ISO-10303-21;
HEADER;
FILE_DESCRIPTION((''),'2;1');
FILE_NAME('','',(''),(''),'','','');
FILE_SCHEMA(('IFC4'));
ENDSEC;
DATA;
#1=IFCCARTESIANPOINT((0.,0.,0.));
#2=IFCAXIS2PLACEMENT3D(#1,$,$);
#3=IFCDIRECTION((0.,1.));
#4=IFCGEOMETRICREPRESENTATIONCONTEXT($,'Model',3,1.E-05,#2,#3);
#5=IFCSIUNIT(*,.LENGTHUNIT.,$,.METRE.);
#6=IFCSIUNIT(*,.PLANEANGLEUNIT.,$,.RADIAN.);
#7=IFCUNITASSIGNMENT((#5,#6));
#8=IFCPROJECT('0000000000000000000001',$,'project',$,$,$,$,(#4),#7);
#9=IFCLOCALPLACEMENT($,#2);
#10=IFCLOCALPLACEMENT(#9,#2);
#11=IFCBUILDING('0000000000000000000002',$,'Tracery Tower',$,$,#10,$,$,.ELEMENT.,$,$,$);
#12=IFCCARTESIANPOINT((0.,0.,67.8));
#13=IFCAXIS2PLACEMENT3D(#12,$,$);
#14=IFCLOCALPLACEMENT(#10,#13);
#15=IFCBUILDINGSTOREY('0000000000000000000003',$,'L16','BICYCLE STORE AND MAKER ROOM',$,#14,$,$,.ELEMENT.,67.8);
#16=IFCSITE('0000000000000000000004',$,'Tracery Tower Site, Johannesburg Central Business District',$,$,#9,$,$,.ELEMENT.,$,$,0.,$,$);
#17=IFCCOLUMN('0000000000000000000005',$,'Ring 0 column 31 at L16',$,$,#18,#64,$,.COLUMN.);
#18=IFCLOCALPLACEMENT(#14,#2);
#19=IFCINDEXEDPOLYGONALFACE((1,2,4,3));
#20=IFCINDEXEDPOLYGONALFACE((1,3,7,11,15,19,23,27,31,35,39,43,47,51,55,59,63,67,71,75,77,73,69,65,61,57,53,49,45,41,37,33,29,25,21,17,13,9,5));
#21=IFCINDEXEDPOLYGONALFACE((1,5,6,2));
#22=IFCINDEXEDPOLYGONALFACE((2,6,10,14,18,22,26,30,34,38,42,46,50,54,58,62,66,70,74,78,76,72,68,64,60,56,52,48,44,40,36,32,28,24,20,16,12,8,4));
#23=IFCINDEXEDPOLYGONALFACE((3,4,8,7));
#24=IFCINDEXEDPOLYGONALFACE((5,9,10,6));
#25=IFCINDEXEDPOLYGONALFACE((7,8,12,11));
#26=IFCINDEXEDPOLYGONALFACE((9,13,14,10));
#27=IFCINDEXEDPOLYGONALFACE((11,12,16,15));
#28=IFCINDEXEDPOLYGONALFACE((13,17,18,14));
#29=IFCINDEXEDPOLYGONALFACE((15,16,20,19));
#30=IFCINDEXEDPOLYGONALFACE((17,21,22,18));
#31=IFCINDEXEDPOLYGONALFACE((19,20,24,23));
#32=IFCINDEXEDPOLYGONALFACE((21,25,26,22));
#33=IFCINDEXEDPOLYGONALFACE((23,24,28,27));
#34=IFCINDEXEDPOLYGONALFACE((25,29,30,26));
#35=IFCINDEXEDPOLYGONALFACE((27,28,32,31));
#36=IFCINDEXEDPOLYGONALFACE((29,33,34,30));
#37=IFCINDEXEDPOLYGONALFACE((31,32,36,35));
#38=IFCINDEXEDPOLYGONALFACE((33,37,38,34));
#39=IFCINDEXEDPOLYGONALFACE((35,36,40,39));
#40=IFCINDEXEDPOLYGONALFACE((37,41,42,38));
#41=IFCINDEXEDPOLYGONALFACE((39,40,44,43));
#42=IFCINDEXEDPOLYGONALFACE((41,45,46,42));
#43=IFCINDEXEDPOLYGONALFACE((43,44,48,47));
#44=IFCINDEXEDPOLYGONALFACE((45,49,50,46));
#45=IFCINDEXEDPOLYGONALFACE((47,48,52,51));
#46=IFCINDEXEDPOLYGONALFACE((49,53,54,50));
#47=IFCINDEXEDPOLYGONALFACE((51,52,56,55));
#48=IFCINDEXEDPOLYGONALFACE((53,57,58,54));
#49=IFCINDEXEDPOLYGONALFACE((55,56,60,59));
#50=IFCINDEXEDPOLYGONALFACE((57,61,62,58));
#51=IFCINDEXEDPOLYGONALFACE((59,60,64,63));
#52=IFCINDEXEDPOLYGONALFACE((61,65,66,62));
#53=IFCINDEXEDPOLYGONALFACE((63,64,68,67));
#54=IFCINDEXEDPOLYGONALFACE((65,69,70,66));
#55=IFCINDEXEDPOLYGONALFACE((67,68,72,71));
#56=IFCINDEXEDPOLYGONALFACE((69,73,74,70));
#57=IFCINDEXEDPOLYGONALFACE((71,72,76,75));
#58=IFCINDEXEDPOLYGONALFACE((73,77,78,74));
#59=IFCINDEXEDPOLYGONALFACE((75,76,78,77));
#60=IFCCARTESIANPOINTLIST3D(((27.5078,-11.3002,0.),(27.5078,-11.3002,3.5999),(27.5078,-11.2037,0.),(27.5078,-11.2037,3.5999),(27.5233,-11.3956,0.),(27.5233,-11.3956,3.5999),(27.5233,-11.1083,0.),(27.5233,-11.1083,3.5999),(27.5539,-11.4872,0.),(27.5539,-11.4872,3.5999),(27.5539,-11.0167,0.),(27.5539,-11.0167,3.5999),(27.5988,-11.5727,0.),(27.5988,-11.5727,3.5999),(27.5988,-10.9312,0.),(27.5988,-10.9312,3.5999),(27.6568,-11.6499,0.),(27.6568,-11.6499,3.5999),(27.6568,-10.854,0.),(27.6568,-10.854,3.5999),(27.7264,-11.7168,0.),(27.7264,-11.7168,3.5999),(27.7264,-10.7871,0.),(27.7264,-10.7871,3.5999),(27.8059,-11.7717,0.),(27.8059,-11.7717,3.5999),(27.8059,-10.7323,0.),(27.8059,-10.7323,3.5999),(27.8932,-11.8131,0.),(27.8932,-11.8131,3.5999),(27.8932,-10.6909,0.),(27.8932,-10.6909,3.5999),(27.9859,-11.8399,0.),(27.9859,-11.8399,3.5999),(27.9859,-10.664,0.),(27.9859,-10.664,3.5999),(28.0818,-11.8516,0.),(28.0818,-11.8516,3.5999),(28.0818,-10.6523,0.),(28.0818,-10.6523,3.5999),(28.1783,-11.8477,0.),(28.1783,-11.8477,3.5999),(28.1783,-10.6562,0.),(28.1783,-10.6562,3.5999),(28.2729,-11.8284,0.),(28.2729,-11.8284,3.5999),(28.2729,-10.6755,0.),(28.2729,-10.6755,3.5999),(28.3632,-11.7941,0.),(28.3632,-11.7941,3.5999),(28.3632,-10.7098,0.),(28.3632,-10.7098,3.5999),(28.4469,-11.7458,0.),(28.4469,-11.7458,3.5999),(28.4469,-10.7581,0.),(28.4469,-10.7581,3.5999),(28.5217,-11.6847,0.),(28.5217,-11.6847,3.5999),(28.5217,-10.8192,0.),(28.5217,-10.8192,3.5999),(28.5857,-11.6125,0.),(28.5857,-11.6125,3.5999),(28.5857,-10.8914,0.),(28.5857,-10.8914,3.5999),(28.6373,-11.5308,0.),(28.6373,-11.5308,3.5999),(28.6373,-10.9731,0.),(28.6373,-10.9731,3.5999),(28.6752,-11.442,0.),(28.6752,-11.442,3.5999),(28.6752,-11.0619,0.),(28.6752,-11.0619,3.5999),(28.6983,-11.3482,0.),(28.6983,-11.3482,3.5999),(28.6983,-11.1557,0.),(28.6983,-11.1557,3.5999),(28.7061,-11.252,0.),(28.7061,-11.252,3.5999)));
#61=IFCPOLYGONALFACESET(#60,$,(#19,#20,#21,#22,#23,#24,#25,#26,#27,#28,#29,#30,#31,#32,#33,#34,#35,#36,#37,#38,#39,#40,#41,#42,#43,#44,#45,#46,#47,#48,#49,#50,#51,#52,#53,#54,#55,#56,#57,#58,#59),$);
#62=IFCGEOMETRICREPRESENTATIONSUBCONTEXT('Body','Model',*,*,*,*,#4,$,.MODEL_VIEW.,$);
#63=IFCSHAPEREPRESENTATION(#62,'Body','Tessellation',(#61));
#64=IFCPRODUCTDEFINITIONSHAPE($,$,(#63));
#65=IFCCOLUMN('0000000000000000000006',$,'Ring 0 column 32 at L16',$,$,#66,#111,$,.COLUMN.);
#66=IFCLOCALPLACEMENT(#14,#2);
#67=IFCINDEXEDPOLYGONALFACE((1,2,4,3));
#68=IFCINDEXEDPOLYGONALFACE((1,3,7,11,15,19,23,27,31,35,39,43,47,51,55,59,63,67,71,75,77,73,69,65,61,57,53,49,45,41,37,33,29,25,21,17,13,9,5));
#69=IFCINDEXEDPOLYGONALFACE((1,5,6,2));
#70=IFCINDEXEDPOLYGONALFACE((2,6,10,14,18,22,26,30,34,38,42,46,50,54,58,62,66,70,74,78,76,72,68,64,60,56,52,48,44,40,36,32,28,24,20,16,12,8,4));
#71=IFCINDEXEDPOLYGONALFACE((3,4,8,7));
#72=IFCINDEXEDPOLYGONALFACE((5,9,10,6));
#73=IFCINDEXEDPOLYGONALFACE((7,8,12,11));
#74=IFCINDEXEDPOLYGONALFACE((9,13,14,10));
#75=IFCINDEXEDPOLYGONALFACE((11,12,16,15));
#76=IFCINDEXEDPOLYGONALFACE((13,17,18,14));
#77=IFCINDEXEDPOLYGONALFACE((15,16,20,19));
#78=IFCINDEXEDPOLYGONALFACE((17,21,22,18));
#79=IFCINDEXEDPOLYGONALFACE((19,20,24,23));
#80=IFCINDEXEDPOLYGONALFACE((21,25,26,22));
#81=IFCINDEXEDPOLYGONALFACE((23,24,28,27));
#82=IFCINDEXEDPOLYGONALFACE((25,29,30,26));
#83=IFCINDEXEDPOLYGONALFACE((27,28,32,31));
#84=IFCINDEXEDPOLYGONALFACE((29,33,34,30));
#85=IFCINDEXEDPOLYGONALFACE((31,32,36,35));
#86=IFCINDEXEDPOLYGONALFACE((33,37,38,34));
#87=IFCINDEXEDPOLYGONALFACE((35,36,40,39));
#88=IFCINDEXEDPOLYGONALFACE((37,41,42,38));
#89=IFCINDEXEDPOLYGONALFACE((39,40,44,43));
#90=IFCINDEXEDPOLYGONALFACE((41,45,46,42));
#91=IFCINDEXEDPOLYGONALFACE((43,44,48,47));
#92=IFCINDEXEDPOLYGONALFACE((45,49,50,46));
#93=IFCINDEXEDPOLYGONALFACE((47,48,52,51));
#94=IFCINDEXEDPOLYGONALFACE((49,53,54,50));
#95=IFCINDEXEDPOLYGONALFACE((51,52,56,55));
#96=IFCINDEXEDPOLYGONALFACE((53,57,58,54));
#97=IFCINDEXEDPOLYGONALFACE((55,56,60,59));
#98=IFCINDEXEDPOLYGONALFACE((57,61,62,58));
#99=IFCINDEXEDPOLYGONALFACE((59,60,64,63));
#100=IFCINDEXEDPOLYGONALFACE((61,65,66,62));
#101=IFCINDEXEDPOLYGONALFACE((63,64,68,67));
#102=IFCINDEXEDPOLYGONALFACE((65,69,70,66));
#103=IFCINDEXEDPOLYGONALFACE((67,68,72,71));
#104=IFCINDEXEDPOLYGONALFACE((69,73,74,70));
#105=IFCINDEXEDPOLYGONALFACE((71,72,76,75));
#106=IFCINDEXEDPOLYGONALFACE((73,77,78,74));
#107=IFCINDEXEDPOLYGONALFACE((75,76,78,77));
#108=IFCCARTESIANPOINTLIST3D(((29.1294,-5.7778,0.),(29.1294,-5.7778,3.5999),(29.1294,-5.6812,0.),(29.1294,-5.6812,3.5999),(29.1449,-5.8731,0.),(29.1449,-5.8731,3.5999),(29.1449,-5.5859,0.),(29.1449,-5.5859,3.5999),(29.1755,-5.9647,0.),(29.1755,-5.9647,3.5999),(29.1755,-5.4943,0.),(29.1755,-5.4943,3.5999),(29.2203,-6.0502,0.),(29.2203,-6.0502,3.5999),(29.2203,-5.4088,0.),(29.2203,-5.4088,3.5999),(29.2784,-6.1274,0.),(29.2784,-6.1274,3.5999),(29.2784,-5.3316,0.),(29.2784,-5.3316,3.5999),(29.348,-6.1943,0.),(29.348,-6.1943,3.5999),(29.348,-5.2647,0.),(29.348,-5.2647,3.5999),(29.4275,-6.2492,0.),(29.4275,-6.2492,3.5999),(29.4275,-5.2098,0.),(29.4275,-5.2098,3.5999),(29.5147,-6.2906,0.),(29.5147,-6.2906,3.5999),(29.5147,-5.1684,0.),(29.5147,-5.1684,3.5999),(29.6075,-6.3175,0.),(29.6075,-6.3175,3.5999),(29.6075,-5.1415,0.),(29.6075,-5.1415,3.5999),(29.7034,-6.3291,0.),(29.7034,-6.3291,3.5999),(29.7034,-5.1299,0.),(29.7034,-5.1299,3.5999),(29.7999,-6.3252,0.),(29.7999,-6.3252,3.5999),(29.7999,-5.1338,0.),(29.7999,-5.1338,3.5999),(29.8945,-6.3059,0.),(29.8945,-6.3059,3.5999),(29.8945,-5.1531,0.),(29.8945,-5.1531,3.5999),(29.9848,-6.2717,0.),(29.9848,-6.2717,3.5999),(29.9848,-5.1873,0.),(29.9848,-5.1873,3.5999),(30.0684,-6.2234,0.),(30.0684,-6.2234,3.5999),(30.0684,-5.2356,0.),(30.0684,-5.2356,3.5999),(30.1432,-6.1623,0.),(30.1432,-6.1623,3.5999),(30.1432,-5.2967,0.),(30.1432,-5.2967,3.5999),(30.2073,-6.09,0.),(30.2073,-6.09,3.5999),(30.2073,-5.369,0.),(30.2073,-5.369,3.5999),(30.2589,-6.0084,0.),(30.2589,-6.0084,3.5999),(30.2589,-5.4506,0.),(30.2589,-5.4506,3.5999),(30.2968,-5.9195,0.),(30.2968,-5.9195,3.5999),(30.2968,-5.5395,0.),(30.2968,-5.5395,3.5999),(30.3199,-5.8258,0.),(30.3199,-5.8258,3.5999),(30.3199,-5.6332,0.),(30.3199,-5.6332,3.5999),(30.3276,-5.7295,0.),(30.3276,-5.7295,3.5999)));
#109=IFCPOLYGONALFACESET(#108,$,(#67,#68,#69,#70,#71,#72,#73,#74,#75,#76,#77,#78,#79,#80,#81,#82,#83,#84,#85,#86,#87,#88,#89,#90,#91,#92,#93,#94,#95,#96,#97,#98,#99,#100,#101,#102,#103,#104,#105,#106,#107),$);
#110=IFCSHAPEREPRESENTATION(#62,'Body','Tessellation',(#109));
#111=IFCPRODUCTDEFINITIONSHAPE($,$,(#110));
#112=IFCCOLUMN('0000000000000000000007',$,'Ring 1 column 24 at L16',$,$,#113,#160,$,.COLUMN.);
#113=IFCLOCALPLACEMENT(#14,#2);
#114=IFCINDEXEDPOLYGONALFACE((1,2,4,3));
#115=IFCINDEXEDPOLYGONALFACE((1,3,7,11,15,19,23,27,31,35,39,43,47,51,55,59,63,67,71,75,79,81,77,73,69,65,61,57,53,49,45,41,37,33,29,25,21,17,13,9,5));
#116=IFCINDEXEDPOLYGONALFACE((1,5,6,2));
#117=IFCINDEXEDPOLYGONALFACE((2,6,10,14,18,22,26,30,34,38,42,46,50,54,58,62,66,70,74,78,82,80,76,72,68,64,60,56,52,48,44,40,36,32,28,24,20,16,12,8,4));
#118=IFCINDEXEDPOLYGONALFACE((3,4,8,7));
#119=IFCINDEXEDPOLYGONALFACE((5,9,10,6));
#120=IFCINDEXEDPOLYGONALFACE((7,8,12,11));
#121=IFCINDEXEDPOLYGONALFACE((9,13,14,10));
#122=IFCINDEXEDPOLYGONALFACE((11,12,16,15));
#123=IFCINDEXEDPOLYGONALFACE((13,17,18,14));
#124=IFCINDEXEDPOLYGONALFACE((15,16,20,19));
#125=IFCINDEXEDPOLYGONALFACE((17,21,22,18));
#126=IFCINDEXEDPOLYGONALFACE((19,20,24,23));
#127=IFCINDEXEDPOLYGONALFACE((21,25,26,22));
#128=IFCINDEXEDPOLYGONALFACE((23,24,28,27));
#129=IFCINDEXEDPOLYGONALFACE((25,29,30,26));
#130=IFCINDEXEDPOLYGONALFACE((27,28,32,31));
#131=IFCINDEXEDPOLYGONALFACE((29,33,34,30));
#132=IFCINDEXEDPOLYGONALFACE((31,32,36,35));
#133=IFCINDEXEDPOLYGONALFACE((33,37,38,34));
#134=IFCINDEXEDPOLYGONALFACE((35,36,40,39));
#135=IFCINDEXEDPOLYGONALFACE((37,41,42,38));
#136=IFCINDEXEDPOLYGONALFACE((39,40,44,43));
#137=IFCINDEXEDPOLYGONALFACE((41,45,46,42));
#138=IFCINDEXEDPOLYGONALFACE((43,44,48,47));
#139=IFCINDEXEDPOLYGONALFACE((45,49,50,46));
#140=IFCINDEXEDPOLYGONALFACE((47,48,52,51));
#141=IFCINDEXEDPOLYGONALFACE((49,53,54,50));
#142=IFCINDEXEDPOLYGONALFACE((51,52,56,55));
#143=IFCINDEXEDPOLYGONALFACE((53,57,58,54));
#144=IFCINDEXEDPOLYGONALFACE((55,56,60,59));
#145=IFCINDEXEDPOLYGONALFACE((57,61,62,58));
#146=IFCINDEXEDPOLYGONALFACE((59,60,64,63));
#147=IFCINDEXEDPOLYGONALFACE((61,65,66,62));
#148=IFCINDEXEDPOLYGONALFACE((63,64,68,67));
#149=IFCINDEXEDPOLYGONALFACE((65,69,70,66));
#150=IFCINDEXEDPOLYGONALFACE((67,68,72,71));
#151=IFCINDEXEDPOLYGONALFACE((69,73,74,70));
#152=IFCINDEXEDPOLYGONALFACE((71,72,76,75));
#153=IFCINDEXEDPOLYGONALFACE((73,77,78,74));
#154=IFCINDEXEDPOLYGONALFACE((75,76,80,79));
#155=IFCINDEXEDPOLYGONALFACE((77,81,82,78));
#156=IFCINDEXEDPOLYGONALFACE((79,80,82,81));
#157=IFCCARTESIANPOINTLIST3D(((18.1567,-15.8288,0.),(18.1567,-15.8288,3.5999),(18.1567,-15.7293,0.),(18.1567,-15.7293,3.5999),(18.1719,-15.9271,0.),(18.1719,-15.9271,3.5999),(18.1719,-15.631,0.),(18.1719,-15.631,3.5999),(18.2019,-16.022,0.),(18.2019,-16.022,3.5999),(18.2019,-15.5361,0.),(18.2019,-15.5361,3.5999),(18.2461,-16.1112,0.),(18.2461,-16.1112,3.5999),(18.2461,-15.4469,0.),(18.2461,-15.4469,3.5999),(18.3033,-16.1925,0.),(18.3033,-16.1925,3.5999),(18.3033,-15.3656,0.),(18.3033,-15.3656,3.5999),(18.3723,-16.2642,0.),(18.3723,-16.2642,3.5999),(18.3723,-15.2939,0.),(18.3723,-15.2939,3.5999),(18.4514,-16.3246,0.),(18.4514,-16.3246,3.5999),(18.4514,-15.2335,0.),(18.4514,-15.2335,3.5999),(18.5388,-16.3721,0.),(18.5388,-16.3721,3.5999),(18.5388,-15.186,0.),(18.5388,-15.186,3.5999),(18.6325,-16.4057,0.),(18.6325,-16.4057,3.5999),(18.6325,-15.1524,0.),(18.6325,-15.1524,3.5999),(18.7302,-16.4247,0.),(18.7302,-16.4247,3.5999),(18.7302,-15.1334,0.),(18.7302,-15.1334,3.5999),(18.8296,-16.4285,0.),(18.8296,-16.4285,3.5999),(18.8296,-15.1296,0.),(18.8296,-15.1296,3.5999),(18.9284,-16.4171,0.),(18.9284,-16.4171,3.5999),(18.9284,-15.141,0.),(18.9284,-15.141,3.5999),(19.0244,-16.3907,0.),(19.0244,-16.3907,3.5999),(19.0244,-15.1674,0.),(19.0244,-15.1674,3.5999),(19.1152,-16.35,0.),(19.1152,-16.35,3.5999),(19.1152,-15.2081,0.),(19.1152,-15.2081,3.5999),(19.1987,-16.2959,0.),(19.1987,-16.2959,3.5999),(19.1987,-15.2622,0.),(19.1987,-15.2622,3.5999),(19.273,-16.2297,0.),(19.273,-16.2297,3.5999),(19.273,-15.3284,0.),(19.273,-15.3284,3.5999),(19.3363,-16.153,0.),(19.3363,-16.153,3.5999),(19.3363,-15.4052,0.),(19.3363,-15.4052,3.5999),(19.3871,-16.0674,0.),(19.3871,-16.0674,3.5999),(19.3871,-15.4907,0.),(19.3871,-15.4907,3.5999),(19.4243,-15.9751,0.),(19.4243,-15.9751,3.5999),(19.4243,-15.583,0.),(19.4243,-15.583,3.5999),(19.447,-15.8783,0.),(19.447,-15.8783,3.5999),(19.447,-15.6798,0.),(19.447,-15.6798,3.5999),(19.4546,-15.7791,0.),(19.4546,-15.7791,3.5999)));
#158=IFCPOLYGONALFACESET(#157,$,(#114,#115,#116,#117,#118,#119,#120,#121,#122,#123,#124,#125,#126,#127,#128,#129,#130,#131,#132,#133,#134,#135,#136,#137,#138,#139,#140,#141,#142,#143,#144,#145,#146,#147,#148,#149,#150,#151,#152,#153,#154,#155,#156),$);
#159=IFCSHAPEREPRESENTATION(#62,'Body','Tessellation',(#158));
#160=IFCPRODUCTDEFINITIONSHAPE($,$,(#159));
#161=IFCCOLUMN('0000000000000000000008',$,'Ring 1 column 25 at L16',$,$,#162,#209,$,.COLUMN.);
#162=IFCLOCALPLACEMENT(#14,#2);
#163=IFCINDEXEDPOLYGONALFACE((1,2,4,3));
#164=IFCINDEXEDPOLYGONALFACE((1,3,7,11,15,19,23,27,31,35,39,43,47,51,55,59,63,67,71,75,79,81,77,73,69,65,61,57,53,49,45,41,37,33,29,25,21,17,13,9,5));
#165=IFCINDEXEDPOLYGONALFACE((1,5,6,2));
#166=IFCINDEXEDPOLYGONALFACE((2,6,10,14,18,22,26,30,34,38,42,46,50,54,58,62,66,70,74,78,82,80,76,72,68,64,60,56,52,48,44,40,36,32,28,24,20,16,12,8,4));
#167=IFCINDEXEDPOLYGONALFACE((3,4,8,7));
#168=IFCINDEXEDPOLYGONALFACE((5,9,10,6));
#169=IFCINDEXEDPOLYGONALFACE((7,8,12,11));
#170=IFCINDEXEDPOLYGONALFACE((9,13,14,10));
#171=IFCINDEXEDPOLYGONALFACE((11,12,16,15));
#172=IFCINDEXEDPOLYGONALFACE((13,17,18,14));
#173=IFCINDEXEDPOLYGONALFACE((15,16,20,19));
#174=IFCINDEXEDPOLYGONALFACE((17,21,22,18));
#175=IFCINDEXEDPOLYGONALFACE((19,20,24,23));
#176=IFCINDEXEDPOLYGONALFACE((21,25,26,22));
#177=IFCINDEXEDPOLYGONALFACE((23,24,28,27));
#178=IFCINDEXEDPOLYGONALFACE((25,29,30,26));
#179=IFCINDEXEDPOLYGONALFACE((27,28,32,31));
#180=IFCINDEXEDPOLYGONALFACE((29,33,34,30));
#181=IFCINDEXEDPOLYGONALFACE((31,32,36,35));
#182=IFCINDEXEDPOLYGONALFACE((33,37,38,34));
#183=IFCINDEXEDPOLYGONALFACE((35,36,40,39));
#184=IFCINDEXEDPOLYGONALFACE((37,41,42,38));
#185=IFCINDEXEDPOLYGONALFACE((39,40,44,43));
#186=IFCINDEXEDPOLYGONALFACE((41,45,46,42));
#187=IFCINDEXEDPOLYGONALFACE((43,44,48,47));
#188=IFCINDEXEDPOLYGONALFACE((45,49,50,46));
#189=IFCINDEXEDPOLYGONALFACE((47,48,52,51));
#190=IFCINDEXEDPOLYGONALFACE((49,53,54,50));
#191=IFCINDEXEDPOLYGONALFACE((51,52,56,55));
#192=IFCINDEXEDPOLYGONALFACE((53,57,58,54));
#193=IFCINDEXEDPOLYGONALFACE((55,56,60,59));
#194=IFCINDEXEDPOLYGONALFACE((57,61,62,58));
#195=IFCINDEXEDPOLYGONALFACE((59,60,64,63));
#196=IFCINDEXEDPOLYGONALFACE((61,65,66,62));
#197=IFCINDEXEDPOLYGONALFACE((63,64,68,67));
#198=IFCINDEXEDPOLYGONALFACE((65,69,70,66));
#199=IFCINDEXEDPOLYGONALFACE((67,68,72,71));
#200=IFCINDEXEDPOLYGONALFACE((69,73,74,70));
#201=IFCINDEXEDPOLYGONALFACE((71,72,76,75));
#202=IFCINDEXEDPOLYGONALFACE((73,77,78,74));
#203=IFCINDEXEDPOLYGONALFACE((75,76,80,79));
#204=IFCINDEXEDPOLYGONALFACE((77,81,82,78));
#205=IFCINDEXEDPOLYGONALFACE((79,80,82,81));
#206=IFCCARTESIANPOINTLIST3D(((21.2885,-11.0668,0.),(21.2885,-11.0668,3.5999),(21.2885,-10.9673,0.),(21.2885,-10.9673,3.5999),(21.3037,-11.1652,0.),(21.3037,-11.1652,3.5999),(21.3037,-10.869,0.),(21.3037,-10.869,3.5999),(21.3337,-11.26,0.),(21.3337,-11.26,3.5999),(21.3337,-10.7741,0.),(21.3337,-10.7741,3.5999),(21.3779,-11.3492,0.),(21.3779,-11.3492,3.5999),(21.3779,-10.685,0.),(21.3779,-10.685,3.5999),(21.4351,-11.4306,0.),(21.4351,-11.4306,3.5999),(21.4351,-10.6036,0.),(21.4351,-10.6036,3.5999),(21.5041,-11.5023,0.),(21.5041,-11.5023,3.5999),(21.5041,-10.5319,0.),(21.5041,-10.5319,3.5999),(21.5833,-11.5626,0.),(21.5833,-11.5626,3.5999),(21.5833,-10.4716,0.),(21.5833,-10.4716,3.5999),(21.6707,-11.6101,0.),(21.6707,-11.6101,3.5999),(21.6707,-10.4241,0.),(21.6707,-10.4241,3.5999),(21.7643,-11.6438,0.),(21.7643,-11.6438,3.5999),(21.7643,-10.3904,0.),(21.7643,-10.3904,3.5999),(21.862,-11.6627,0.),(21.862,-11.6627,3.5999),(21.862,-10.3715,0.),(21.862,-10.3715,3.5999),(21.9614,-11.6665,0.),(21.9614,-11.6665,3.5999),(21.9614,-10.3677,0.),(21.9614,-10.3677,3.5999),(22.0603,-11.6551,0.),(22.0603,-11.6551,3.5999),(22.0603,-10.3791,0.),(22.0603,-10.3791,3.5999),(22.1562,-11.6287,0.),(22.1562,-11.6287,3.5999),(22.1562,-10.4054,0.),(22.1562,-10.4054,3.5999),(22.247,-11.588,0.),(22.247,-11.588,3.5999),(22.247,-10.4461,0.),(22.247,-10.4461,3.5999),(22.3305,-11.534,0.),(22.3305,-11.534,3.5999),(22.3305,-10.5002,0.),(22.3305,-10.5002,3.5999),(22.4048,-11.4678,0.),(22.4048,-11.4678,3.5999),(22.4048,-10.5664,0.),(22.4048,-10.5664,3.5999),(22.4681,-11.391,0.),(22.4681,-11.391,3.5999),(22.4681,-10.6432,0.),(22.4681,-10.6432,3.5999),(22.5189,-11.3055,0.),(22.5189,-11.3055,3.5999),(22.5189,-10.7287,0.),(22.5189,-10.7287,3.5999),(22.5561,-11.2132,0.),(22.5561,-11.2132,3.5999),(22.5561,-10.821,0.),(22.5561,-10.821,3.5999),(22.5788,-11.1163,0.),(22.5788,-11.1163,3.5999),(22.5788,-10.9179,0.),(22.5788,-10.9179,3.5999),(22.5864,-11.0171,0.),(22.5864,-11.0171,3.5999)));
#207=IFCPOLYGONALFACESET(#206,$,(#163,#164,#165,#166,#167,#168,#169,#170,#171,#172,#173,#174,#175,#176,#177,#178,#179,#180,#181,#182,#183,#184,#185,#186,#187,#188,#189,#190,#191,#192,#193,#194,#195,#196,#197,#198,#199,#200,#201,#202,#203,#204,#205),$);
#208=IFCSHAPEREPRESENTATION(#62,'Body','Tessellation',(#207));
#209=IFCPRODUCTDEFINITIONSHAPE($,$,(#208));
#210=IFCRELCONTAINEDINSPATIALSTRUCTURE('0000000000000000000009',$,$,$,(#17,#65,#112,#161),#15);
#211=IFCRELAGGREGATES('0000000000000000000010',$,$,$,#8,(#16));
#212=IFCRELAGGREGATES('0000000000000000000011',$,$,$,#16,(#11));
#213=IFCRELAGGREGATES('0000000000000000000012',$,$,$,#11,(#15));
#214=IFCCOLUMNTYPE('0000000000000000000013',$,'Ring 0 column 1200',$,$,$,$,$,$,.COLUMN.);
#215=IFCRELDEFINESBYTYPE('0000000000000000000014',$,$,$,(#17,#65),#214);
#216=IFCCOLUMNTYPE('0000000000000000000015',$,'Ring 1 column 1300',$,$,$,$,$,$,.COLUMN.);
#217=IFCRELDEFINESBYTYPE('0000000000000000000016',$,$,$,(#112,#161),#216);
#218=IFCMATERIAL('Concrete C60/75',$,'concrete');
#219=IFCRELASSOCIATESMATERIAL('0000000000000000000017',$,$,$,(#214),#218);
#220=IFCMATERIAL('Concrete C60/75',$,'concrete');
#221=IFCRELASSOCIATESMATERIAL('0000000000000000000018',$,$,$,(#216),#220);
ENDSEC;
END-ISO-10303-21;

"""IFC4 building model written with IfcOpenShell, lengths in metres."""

from ifc_helpers import new_model, si_unit, direction, frame, origin, origin_2d, place, context, subcontext, project, spatial, circle, extrude, material, material_profile, profile_set, type_object, element, save


model = new_model("IFC4")

# Units and contexts
model_context = context("Model", 3, precision=1e-05, world=origin(), true_north=direction((0.0, 1.0)))
body_context = subcontext(model_context, "Body", "Model", "MODEL_VIEW")
ifc_project = project(units=[si_unit("LENGTHUNIT", "METRE"), si_unit("PLANEANGLEUNIT", "RADIAN")], contexts=[model_context])

# Site, building, storey
site_placement = place(None, origin())
site = spatial("IfcSite", under=ifc_project, at=site_placement, Name="Tracery Tower Site, Johannesburg Central Business District", CompositionType="ELEMENT", RefElevation=0.0)
building_placement = place(site_placement, origin())
building = spatial("IfcBuilding", under=site, at=building_placement, Name="Tracery Tower", CompositionType="ELEMENT")
storey_placement = place(building_placement, frame((0.0, 0.0, 67.8)))
storey = spatial("IfcBuildingStorey", under=building, at=storey_placement, Name="L16", Description="BICYCLE STORE AND MAKER ROOM", CompositionType="ELEMENT", Elevation=67.8)

# Columns
ifc_material_1 = material(Name="Concrete C60/75", Category="concrete")
ifc_material_profile_1 = material_profile(ifc_material_1, circle(Radius=0.6001, at=origin_2d()), Name="RC D1200")
ifc_profile_set_1 = profile_set([ifc_material_profile_1], Name="Concrete C60/75")
column_type_1 = type_object("IfcColumnType", Name="Ring 0 column 1200", PredefinedType="COLUMN", material=ifc_profile_set_1)
for number, where, z_axis, x_axis, name in (
    (1, (28.106, -11.252, 0.0), (0.0, 0.0, 1.0), (1.0, 0.0, 0.0), "Ring 0 column 31 at L16"),
    (2, (29.7275, -5.7295, 0.0), (0.0, 0.0, 1.0), (1.0, 0.0, 0.0), "Ring 0 column 32 at L16"),
):
    element("IfcColumn", number, at=place(storey_placement, frame(where, z_axis=z_axis, x_axis=x_axis)), inside=storey, type_object=column_type_1, Name=name, PredefinedType="COLUMN", context=body_context, shape_type="SweptSolid", body=[
        extrude(circle(Radius=0.6001, at=origin_2d()), origin(), (0.0, 0.0, 1.0), 3.5999),
    ])
ifc_material_2 = material(Name="Concrete C60/75", Category="concrete")
ifc_material_profile_2 = material_profile(ifc_material_2, circle(Radius=0.6499, at=origin_2d()), Name="RC D1300")
ifc_profile_set_2 = profile_set([ifc_material_profile_2], Name="Concrete C60/75")
column_type_2 = type_object("IfcColumnType", Name="Ring 1 column 1300", PredefinedType="COLUMN", material=ifc_profile_set_2)
for number, where, z_axis, x_axis, name in (
    (3, (18.8047, -15.7791, 0.0), (0.0, 0.0, 1.0), (1.0, 0.0, 0.0), "Ring 1 column 24 at L16"),
    (4, (21.9365, -11.0171, 0.0), (0.0, 0.0, 1.0), (1.0, 0.0, 0.0), "Ring 1 column 25 at L16"),
):
    element("IfcColumn", number, at=place(storey_placement, frame(where, z_axis=z_axis, x_axis=x_axis)), inside=storey, type_object=column_type_2, Name=name, PredefinedType="COLUMN", context=body_context, shape_type="SweptSolid", body=[
        extrude(circle(Radius=0.6499, at=origin_2d()), origin(), (0.0, 0.0, 1.0), 3.5999),
    ])

save(model, "model.ifc")
